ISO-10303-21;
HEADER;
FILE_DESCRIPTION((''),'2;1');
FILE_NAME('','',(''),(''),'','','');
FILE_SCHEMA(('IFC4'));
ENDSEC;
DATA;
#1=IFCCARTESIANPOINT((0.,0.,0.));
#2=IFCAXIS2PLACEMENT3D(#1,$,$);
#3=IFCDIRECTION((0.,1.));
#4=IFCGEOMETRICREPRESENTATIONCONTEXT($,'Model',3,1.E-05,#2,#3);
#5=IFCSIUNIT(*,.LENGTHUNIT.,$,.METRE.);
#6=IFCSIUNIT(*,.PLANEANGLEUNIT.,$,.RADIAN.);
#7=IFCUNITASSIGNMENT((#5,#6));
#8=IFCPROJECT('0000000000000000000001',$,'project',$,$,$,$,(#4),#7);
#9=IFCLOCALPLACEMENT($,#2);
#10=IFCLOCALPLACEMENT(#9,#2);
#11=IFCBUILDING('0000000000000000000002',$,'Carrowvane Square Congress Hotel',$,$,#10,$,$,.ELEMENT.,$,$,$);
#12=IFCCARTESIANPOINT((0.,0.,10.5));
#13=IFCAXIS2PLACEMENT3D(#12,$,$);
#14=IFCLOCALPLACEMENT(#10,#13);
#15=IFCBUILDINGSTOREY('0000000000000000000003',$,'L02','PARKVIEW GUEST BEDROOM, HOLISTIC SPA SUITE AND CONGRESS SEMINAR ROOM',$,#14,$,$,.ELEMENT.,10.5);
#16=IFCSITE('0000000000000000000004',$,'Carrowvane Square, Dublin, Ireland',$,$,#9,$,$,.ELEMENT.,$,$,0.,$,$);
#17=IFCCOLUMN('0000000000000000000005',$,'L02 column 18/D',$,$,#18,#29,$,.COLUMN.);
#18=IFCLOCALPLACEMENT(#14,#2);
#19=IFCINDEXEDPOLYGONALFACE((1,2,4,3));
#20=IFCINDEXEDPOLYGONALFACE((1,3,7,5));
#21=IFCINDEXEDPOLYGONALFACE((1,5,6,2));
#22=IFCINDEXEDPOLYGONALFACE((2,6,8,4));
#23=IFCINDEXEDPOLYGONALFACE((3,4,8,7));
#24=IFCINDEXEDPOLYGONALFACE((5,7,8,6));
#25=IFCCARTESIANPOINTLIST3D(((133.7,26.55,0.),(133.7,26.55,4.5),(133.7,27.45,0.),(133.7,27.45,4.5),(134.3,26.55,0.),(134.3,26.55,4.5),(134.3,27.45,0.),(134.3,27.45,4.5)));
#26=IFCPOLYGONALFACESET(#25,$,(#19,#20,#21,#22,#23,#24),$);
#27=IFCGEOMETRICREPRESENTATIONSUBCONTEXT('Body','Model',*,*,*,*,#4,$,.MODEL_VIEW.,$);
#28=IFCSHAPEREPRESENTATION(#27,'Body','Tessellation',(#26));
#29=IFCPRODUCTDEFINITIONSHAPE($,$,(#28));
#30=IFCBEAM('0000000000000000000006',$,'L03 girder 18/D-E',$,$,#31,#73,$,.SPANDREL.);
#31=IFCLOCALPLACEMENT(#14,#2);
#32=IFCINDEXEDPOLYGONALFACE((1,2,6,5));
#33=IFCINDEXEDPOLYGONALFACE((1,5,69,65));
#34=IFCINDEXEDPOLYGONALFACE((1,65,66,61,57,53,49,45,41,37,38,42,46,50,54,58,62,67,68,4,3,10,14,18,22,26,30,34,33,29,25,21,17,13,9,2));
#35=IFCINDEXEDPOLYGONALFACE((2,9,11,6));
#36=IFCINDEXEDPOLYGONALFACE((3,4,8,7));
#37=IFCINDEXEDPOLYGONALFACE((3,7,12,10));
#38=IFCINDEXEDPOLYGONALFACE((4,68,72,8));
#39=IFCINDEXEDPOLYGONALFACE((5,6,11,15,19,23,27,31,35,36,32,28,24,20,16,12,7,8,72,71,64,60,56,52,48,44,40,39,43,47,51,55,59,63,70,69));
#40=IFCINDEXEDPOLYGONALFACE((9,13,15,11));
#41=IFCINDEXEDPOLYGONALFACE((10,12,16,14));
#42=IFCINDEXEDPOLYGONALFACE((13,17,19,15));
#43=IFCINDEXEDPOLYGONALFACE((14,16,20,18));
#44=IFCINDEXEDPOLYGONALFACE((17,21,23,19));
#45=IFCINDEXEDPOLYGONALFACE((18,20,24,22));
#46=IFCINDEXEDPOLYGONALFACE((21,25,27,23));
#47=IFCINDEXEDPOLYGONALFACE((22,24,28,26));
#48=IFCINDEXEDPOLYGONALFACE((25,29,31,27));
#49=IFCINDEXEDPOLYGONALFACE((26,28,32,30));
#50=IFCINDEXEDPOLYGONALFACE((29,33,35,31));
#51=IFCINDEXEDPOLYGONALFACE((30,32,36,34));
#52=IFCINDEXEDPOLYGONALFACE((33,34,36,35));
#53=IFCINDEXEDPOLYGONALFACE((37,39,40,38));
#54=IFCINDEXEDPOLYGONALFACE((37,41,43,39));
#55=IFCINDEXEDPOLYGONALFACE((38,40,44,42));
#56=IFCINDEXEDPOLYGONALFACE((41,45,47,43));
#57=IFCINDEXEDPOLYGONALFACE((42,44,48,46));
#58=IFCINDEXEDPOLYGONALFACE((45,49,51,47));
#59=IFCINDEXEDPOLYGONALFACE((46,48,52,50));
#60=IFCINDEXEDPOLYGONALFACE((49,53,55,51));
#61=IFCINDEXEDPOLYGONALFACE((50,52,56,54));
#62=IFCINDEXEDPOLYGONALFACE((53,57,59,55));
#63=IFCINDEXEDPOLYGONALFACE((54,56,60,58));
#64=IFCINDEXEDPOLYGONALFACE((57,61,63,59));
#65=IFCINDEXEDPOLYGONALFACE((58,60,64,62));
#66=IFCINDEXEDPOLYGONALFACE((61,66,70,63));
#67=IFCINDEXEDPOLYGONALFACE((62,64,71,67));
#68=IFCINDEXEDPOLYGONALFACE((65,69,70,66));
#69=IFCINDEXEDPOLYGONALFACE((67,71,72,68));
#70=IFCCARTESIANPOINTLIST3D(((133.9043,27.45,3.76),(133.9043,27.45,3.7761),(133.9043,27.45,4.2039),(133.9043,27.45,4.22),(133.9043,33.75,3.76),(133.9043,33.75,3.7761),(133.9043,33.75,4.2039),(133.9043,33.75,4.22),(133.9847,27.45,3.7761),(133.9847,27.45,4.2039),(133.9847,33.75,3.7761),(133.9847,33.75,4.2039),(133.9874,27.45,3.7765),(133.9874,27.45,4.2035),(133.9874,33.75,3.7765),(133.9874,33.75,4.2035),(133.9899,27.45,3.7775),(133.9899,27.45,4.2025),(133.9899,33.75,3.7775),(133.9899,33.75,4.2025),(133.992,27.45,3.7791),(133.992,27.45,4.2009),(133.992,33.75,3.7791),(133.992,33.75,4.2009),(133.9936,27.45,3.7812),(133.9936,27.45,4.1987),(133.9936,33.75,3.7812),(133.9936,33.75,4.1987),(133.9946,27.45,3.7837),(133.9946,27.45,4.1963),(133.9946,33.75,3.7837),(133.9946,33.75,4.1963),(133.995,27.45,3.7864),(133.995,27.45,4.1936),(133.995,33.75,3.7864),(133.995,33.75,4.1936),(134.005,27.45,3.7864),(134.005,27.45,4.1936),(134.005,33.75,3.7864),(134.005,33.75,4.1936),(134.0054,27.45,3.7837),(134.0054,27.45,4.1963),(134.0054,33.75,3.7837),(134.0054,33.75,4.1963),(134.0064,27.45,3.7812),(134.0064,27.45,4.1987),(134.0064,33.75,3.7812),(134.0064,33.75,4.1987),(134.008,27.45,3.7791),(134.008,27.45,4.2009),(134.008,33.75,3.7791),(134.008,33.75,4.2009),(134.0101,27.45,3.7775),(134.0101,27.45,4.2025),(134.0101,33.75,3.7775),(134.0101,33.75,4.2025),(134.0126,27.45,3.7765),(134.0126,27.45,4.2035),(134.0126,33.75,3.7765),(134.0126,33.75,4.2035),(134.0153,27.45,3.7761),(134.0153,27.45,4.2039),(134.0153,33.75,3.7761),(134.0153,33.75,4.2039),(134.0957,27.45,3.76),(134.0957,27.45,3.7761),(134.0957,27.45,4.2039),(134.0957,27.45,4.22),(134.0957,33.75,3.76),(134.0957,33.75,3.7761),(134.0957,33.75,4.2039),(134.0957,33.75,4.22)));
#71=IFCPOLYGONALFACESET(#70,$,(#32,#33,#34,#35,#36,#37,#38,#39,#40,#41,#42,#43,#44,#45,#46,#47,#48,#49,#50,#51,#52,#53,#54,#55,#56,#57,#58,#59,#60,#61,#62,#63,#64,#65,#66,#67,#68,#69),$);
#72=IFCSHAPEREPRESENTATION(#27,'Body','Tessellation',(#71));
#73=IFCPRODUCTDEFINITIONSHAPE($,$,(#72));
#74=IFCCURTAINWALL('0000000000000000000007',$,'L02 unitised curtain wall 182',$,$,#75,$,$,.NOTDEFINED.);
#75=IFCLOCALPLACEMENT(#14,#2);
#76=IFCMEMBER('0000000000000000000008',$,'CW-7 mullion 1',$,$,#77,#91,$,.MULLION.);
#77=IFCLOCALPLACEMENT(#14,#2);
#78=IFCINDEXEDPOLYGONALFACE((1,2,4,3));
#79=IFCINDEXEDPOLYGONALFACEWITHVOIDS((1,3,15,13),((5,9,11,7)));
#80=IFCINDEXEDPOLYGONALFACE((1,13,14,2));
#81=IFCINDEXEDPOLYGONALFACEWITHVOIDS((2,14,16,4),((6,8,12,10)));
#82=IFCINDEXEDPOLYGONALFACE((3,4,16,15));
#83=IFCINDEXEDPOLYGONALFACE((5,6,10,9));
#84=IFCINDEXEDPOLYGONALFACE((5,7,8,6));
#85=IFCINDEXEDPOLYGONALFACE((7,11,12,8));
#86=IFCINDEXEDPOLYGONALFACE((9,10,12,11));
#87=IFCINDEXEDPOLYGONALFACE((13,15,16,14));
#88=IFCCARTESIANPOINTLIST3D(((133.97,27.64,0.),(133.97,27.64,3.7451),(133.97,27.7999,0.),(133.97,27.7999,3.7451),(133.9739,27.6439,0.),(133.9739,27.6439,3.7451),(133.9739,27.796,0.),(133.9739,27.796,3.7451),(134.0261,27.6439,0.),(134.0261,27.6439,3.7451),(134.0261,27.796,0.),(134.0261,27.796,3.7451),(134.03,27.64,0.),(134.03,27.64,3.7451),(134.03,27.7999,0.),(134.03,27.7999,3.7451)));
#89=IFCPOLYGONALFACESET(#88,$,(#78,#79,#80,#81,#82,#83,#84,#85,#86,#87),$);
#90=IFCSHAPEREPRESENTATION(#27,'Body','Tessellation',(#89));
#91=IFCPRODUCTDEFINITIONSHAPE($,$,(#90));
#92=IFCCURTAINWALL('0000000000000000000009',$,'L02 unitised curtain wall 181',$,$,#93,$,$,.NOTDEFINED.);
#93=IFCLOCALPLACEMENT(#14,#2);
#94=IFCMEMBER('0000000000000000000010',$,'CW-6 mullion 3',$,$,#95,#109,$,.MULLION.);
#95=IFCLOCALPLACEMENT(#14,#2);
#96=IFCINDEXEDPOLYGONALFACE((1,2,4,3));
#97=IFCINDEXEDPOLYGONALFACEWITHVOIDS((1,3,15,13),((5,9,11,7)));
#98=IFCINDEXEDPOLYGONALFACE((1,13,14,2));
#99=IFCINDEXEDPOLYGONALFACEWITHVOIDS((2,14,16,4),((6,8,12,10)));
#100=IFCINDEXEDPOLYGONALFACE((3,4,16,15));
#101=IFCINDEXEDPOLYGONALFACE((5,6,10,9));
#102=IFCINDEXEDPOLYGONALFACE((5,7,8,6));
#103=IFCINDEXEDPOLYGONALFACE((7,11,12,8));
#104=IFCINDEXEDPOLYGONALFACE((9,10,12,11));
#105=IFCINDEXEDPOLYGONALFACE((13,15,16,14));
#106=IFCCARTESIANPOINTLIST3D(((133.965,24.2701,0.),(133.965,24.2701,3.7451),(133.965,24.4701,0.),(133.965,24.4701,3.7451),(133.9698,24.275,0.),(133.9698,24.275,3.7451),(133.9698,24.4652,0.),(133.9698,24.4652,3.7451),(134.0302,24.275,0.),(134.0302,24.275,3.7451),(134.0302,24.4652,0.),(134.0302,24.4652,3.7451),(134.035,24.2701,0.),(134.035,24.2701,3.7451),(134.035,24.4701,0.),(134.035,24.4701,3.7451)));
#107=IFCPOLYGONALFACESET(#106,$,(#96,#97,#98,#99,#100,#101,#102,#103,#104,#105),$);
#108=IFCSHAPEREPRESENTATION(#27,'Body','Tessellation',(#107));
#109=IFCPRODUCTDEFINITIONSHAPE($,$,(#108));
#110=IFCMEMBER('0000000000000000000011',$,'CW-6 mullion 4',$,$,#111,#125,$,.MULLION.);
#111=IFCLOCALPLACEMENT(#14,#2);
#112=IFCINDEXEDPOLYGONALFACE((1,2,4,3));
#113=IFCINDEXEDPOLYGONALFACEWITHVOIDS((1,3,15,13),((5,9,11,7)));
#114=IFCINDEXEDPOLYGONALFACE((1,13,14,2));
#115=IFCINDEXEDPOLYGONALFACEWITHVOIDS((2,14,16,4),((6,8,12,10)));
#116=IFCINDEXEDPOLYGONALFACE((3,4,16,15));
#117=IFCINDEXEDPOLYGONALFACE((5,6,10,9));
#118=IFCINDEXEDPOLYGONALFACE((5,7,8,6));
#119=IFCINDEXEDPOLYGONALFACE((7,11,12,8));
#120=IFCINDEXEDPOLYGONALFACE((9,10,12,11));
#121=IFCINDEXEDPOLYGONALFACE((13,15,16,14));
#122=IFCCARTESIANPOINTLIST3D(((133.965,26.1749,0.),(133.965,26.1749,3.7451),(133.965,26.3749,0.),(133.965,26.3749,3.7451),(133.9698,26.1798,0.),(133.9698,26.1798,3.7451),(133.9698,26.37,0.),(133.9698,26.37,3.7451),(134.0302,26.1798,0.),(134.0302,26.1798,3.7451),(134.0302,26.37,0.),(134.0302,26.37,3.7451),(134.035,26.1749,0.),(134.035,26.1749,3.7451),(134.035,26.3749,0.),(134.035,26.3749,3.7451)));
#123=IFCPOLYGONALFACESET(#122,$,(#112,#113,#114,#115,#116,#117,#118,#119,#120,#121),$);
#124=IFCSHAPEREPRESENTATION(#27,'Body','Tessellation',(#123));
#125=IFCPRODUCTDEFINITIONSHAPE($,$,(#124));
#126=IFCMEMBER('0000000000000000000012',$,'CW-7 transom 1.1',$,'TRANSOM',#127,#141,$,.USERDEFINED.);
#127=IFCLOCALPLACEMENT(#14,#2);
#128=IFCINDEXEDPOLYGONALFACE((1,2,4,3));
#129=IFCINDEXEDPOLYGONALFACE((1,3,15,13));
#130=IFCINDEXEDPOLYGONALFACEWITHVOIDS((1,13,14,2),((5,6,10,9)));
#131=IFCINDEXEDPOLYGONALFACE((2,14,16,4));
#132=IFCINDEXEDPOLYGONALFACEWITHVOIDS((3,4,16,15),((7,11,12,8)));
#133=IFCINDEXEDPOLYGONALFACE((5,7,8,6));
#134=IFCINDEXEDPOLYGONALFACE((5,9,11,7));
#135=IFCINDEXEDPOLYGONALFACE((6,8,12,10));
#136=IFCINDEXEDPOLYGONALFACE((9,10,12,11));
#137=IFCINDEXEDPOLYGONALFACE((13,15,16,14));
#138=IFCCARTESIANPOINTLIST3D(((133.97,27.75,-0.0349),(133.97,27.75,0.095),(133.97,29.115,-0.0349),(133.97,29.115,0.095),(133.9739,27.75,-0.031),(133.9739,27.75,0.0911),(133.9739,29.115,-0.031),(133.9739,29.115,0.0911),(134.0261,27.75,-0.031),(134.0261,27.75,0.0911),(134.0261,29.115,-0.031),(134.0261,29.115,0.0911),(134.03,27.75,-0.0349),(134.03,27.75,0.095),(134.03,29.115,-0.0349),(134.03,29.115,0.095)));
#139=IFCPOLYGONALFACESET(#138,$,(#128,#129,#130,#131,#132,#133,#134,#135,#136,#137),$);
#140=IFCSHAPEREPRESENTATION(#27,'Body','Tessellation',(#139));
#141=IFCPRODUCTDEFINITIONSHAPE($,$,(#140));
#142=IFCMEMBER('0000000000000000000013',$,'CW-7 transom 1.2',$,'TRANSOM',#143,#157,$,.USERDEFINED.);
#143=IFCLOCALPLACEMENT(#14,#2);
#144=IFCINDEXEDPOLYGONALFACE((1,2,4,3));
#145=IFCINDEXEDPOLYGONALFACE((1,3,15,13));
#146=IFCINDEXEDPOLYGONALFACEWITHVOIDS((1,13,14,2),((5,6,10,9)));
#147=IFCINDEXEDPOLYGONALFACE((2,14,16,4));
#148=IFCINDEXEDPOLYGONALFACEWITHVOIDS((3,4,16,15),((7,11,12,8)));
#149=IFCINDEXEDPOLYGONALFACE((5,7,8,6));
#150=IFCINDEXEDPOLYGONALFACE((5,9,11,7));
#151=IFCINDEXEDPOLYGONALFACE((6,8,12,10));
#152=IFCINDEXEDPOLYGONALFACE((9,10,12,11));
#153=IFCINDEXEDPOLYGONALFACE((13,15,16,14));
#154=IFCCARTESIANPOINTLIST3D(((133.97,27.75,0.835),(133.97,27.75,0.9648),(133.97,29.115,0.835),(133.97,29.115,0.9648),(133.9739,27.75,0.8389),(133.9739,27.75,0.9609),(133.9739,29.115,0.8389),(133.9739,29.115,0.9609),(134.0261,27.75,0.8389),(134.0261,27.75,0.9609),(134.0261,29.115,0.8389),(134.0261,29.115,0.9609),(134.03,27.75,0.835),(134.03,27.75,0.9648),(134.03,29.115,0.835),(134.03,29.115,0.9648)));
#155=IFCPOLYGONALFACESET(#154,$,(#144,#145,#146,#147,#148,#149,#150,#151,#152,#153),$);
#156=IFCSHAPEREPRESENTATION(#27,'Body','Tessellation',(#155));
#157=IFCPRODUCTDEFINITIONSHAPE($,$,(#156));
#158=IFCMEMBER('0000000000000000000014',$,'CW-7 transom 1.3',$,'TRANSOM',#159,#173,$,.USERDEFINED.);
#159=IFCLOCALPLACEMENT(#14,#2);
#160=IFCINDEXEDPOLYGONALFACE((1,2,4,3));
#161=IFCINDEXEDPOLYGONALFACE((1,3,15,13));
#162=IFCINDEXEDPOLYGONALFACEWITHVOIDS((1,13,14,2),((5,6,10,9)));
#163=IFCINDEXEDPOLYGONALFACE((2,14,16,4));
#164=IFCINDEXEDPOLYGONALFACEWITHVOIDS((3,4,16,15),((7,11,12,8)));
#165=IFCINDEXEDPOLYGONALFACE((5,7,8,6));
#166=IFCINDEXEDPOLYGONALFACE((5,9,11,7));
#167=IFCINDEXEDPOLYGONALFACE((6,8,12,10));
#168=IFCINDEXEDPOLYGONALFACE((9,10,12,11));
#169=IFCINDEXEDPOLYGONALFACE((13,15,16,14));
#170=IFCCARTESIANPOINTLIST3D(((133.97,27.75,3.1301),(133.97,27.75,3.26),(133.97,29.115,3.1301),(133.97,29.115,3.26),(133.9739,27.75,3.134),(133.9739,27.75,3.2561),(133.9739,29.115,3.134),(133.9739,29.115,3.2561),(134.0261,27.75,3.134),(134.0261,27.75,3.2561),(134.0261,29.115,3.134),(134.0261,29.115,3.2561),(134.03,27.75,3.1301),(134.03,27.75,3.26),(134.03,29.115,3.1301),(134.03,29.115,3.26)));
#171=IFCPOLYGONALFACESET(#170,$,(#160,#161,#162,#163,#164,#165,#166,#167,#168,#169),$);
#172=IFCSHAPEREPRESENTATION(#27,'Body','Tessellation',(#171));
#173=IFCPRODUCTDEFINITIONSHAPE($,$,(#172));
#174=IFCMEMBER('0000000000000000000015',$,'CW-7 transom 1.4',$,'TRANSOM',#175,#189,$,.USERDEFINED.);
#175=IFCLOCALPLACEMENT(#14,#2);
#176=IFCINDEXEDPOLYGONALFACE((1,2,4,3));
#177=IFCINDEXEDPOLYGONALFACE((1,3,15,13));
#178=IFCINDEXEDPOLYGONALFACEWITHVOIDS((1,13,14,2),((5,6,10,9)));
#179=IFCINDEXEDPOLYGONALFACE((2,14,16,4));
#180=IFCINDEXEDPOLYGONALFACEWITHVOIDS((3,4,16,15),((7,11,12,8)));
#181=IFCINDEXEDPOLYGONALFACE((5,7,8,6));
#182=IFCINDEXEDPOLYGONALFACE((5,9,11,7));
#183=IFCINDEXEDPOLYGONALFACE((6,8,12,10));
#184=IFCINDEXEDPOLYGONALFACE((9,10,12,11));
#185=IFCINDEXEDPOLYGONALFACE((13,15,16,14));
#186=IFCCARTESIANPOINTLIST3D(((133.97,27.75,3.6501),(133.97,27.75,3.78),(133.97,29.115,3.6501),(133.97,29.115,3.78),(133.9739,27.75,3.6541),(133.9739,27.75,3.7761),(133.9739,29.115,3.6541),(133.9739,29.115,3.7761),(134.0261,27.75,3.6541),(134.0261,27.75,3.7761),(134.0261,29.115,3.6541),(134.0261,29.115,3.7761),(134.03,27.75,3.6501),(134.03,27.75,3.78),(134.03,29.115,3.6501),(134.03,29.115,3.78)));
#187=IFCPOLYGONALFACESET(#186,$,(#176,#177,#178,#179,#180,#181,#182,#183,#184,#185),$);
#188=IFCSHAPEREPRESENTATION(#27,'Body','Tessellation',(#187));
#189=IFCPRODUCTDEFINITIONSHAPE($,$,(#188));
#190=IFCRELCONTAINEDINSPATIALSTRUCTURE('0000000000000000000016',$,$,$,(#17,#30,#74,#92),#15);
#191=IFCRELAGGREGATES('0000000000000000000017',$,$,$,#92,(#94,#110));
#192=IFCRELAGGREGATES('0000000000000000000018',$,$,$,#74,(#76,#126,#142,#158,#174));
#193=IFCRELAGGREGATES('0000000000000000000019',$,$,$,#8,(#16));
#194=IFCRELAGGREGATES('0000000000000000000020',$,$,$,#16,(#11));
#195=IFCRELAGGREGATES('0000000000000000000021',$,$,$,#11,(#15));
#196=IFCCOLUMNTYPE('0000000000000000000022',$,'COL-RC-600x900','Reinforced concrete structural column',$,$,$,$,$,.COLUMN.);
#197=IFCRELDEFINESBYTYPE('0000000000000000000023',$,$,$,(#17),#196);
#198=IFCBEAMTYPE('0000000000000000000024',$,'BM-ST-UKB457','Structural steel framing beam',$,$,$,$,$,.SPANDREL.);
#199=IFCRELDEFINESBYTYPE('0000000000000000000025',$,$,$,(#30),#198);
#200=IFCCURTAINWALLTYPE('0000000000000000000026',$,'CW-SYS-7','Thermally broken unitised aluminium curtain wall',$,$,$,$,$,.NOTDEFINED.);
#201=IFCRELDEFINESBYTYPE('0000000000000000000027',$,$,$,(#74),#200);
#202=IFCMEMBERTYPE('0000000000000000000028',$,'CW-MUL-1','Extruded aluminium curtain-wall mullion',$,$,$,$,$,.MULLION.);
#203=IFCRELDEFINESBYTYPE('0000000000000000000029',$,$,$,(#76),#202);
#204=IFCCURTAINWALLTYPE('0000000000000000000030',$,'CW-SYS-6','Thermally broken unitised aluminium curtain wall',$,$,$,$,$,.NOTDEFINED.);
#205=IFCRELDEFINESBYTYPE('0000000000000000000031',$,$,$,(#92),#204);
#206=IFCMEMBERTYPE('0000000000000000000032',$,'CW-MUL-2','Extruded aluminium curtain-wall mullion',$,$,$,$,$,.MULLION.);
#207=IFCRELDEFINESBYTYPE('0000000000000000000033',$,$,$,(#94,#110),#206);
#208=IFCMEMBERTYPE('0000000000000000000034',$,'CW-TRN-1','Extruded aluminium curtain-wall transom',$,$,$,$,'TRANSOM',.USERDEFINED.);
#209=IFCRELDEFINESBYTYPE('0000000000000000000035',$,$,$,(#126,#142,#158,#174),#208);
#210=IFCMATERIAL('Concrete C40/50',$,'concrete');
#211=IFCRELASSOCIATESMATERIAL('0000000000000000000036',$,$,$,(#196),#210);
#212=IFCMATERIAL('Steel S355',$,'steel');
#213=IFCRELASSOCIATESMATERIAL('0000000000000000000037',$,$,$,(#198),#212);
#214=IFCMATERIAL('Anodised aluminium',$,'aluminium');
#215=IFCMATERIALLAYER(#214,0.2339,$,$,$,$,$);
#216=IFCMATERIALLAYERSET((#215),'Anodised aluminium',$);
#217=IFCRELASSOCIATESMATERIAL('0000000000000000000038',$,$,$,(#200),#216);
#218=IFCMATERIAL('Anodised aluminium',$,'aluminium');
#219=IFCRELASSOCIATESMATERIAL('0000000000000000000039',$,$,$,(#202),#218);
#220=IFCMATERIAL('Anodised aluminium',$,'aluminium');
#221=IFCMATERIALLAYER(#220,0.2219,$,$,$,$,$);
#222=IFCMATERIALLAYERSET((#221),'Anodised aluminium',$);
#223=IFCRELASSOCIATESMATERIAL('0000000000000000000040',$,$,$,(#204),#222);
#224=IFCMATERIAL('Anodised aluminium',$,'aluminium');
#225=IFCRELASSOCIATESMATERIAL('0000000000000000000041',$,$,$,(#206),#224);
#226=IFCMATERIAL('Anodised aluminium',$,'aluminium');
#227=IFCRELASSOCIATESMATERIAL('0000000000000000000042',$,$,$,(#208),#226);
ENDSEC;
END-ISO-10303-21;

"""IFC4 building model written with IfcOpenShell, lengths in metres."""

from ifc_helpers import new_model, si_unit, direction, frame, origin, origin_2d, place, context, subcontext, project, spatial, rectangle, hollow_rectangle, i_section, extrude, material, layer, layer_set, material_profile, profile_set, type_object, element, aggregate, save


model = new_model("IFC4")

# Units and contexts
model_context = context("Model", 3, precision=1e-05, world=origin(), true_north=direction((0.0, 1.0)))
body_context = subcontext(model_context, "Body", "Model", "MODEL_VIEW")
ifc_project = project(units=[si_unit("LENGTHUNIT", "METRE"), si_unit("PLANEANGLEUNIT", "RADIAN")], contexts=[model_context])

# Site, building, storey
site_placement = place(None, origin())
site = spatial("IfcSite", under=ifc_project, at=site_placement, Name="Carrowvane Square, Dublin, Ireland", CompositionType="ELEMENT", RefElevation=0.0)
building_placement = place(site_placement, origin())
building = spatial("IfcBuilding", under=site, at=building_placement, Name="Carrowvane Square Congress Hotel", CompositionType="ELEMENT")
storey_placement = place(building_placement, frame((0.0, 0.0, 10.5)))
storey = spatial("IfcBuildingStorey", under=building, at=storey_placement, Name="L02", Description="PARKVIEW GUEST BEDROOM, HOLISTIC SPA SUITE AND CONGRESS SEMINAR ROOM", CompositionType="ELEMENT", Elevation=10.5)

# Column
ifc_material_1 = material(Name="Concrete C40/50", Category="concrete")
ifc_material_profile_1 = material_profile(ifc_material_1, rectangle(XDim=0.6001, YDim=0.8999, at=origin_2d()), Name="RC 600x900")
ifc_profile_set_1 = profile_set([ifc_material_profile_1], Name="Concrete C40/50")
column_type = type_object("IfcColumnType", Name="COL-RC-600x900", Description="Reinforced concrete structural column", PredefinedType="COLUMN", material=ifc_profile_set_1)
column_placement = place(storey_placement, frame((134.0, 27.0, 0.0), z_axis=(0.0, 0.0, 1.0), x_axis=(1.0, 0.0, 0.0)))
element("IfcColumn", 1, at=column_placement, inside=storey, type_object=column_type, Name="L02 column 18/D", PredefinedType="COLUMN", context=body_context, shape_type="SweptSolid", body=[
    extrude(rectangle(XDim=0.6001, YDim=0.8999, at=origin_2d()), origin(), (0.0, 0.0, 1.0), 4.5),
])

# Beam
ifc_material_2 = material(Name="Steel S355", Category="steel")
ifc_material_profile_2 = material_profile(ifc_material_2, i_section(OverallWidth=0.1914, OverallDepth=0.46, WebThickness=0.01, FlangeThickness=0.0161, FilletRadius=0.0103, at=origin_2d()), Name="UKB 457x191x82")
ifc_profile_set_2 = profile_set([ifc_material_profile_2], Name="Steel S355")
beam_type = type_object("IfcBeamType", Name="BM-ST-UKB457", Description="Structural steel framing beam", PredefinedType="SPANDREL", material=ifc_profile_set_2)
beam_placement = place(storey_placement, frame((134.0, 27.45, 3.99), z_axis=(0.0, 1.0, 0.0), x_axis=(-1.0, 0.0, 0.0)))
element("IfcBeam", 2, at=beam_placement, inside=storey, type_object=beam_type, Name="L03 girder 18/D-E", PredefinedType="SPANDREL", context=body_context, shape_type="SweptSolid", body=[
    extrude(i_section(OverallWidth=0.1914, OverallDepth=0.46, WebThickness=0.01, FlangeThickness=0.0161, FilletRadius=0.0103, at=origin_2d()), origin(), (0.0, 0.0, 1.0), 6.3),
])

# Curtain wall, member
ifc_material_3 = material(Name="Anodised aluminium", Category="aluminium")
ifc_layer_1 = layer(ifc_material_3, 0.2339)
ifc_layer_set_1 = layer_set([ifc_layer_1], Name="Anodised aluminium")
curtain_wall_type_1 = type_object("IfcCurtainWallType", Name="CW-SYS-7", Description="Thermally broken unitised aluminium curtain wall", PredefinedType="NOTDEFINED", material=ifc_layer_set_1)
curtain_wall_1_placement = place(storey_placement, origin())
curtain_wall_1 = element("IfcCurtainWall", 3, at=curtain_wall_1_placement, inside=storey, type_object=curtain_wall_type_1, Name="L02 unitised curtain wall 182", PredefinedType="NOTDEFINED")
ifc_material_4 = material(Name="Anodised aluminium", Category="aluminium")
ifc_material_profile_3 = material_profile(ifc_material_4, hollow_rectangle(XDim=0.0601, YDim=0.1599, WallThickness=0.0039, at=origin_2d()), Name="CW-ML 60x160x4")
ifc_profile_set_3 = profile_set([ifc_material_profile_3], Name="Anodised aluminium")
member_type_1 = type_object("IfcMemberType", Name="CW-MUL-1", Description="Extruded aluminium curtain-wall mullion", PredefinedType="MULLION", material=ifc_profile_set_3)
member_1_placement = place(storey_placement, frame((134.0, 27.72, 0.0), z_axis=(0.0, 0.0, 1.0), x_axis=(-1.0, 0.0, 0.0)))
member_1 = element("IfcMember", 4, at=member_1_placement, type_object=member_type_1, Name="CW-7 mullion 1", PredefinedType="MULLION", context=body_context, shape_type="SweptSolid", body=[
    extrude(hollow_rectangle(XDim=0.0601, YDim=0.1599, WallThickness=0.0039, at=origin_2d()), origin(), (0.0, 0.0, 1.0), 3.7451),
])

# Curtain wall, members
ifc_material_5 = material(Name="Anodised aluminium", Category="aluminium")
ifc_layer_2 = layer(ifc_material_5, 0.2219)
ifc_layer_set_2 = layer_set([ifc_layer_2], Name="Anodised aluminium")
curtain_wall_type_2 = type_object("IfcCurtainWallType", Name="CW-SYS-6", Description="Thermally broken unitised aluminium curtain wall", PredefinedType="NOTDEFINED", material=ifc_layer_set_2)
curtain_wall_2_placement = place(storey_placement, origin())
curtain_wall_2 = element("IfcCurtainWall", 5, at=curtain_wall_2_placement, inside=storey, type_object=curtain_wall_type_2, Name="L02 unitised curtain wall 181", PredefinedType="NOTDEFINED")
ifc_material_6 = material(Name="Anodised aluminium", Category="aluminium")
ifc_material_profile_4 = material_profile(ifc_material_6, hollow_rectangle(XDim=0.0701, YDim=0.2, WallThickness=0.0049, at=origin_2d()), Name="CW-ML 70x200x5")
ifc_profile_set_4 = profile_set([ifc_material_profile_4], Name="Anodised aluminium")
member_type_2 = type_object("IfcMemberType", Name="CW-MUL-2", Description="Extruded aluminium curtain-wall mullion", PredefinedType="MULLION", material=ifc_profile_set_4)
member_2_placement = place(storey_placement, frame((134.0, 24.3701, 0.0), z_axis=(0.0, 0.0, 1.0), x_axis=(-1.0, 0.0, 0.0)))
member_2 = element("IfcMember", 6, at=member_2_placement, type_object=member_type_2, Name="CW-6 mullion 3", PredefinedType="MULLION", context=body_context, shape_type="SweptSolid", body=[
    extrude(hollow_rectangle(XDim=0.0701, YDim=0.2, WallThickness=0.0049, at=origin_2d()), origin(), (0.0, 0.0, 1.0), 3.7451),
])
member_3_placement = place(storey_placement, frame((134.0, 26.2749, 0.0), z_axis=(0.0, 0.0, 1.0), x_axis=(-1.0, 0.0, 0.0)))
member_3 = element("IfcMember", 7, at=member_3_placement, type_object=member_type_2, Name="CW-6 mullion 4", PredefinedType="MULLION", context=body_context, shape_type="SweptSolid", body=[
    extrude(hollow_rectangle(XDim=0.0701, YDim=0.2, WallThickness=0.0049, at=origin_2d()), origin(), (0.0, 0.0, 1.0), 3.7451),
])

# Members
ifc_material_7 = material(Name="Anodised aluminium", Category="aluminium")
ifc_material_profile_5 = material_profile(ifc_material_7, hollow_rectangle(XDim=0.0601, YDim=0.1299, WallThickness=0.0039, at=origin_2d()), Name="CW-TR 60x130x4")
ifc_profile_set_5 = profile_set([ifc_material_profile_5], Name="Anodised aluminium")
member_type_3 = type_object("IfcMemberType", Name="CW-TRN-1", Description="Extruded aluminium curtain-wall transom", ElementType="TRANSOM", PredefinedType="USERDEFINED", material=ifc_profile_set_5)
member_4_placement = place(storey_placement, frame((134.0, 27.75, 0.03), z_axis=(0.0, 1.0, 0.0), x_axis=(-1.0, 0.0, 0.0)))
member_4 = element("IfcMember", 8, at=member_4_placement, type_object=member_type_3, Name="CW-7 transom 1.1", ObjectType="TRANSOM", PredefinedType="USERDEFINED", context=body_context, shape_type="SweptSolid", body=[
    extrude(hollow_rectangle(XDim=0.0601, YDim=0.1299, WallThickness=0.0039, at=origin_2d()), origin(), (0.0, 0.0, 1.0), 1.365),
])
member_5_placement = place(storey_placement, frame((134.0, 27.75, 0.8999), z_axis=(0.0, 1.0, 0.0), x_axis=(-1.0, 0.0, 0.0)))
member_5 = element("IfcMember", 9, at=member_5_placement, type_object=member_type_3, Name="CW-7 transom 1.2", ObjectType="TRANSOM", PredefinedType="USERDEFINED", context=body_context, shape_type="SweptSolid", body=[
    extrude(hollow_rectangle(XDim=0.0601, YDim=0.1299, WallThickness=0.0039, at=origin_2d()), origin(), (0.0, 0.0, 1.0), 1.365),
])
member_6_placement = place(storey_placement, frame((134.0, 27.75, 3.1951), z_axis=(0.0, 1.0, 0.0), x_axis=(-1.0, 0.0, 0.0)))
member_6 = element("IfcMember", 10, at=member_6_placement, type_object=member_type_3, Name="CW-7 transom 1.3", ObjectType="TRANSOM", PredefinedType="USERDEFINED", context=body_context, shape_type="SweptSolid", body=[
    extrude(hollow_rectangle(XDim=0.0601, YDim=0.1299, WallThickness=0.0039, at=origin_2d()), origin(), (0.0, 0.0, 1.0), 1.365),
])
member_7_placement = place(storey_placement, frame((134.0, 27.75, 3.7151), z_axis=(0.0, 1.0, 0.0), x_axis=(-1.0, 0.0, 0.0)))
member_7 = element("IfcMember", 11, at=member_7_placement, type_object=member_type_3, Name="CW-7 transom 1.4", ObjectType="TRANSOM", PredefinedType="USERDEFINED", context=body_context, shape_type="SweptSolid", body=[
    extrude(hollow_rectangle(XDim=0.0601, YDim=0.1299, WallThickness=0.0039, at=origin_2d()), origin(), (0.0, 0.0, 1.0), 1.365),
])

aggregate(curtain_wall_2, [member_2, member_3])
aggregate(curtain_wall_1, [member_1, member_4, member_5, member_6, member_7])

save(model, "model.ifc")
